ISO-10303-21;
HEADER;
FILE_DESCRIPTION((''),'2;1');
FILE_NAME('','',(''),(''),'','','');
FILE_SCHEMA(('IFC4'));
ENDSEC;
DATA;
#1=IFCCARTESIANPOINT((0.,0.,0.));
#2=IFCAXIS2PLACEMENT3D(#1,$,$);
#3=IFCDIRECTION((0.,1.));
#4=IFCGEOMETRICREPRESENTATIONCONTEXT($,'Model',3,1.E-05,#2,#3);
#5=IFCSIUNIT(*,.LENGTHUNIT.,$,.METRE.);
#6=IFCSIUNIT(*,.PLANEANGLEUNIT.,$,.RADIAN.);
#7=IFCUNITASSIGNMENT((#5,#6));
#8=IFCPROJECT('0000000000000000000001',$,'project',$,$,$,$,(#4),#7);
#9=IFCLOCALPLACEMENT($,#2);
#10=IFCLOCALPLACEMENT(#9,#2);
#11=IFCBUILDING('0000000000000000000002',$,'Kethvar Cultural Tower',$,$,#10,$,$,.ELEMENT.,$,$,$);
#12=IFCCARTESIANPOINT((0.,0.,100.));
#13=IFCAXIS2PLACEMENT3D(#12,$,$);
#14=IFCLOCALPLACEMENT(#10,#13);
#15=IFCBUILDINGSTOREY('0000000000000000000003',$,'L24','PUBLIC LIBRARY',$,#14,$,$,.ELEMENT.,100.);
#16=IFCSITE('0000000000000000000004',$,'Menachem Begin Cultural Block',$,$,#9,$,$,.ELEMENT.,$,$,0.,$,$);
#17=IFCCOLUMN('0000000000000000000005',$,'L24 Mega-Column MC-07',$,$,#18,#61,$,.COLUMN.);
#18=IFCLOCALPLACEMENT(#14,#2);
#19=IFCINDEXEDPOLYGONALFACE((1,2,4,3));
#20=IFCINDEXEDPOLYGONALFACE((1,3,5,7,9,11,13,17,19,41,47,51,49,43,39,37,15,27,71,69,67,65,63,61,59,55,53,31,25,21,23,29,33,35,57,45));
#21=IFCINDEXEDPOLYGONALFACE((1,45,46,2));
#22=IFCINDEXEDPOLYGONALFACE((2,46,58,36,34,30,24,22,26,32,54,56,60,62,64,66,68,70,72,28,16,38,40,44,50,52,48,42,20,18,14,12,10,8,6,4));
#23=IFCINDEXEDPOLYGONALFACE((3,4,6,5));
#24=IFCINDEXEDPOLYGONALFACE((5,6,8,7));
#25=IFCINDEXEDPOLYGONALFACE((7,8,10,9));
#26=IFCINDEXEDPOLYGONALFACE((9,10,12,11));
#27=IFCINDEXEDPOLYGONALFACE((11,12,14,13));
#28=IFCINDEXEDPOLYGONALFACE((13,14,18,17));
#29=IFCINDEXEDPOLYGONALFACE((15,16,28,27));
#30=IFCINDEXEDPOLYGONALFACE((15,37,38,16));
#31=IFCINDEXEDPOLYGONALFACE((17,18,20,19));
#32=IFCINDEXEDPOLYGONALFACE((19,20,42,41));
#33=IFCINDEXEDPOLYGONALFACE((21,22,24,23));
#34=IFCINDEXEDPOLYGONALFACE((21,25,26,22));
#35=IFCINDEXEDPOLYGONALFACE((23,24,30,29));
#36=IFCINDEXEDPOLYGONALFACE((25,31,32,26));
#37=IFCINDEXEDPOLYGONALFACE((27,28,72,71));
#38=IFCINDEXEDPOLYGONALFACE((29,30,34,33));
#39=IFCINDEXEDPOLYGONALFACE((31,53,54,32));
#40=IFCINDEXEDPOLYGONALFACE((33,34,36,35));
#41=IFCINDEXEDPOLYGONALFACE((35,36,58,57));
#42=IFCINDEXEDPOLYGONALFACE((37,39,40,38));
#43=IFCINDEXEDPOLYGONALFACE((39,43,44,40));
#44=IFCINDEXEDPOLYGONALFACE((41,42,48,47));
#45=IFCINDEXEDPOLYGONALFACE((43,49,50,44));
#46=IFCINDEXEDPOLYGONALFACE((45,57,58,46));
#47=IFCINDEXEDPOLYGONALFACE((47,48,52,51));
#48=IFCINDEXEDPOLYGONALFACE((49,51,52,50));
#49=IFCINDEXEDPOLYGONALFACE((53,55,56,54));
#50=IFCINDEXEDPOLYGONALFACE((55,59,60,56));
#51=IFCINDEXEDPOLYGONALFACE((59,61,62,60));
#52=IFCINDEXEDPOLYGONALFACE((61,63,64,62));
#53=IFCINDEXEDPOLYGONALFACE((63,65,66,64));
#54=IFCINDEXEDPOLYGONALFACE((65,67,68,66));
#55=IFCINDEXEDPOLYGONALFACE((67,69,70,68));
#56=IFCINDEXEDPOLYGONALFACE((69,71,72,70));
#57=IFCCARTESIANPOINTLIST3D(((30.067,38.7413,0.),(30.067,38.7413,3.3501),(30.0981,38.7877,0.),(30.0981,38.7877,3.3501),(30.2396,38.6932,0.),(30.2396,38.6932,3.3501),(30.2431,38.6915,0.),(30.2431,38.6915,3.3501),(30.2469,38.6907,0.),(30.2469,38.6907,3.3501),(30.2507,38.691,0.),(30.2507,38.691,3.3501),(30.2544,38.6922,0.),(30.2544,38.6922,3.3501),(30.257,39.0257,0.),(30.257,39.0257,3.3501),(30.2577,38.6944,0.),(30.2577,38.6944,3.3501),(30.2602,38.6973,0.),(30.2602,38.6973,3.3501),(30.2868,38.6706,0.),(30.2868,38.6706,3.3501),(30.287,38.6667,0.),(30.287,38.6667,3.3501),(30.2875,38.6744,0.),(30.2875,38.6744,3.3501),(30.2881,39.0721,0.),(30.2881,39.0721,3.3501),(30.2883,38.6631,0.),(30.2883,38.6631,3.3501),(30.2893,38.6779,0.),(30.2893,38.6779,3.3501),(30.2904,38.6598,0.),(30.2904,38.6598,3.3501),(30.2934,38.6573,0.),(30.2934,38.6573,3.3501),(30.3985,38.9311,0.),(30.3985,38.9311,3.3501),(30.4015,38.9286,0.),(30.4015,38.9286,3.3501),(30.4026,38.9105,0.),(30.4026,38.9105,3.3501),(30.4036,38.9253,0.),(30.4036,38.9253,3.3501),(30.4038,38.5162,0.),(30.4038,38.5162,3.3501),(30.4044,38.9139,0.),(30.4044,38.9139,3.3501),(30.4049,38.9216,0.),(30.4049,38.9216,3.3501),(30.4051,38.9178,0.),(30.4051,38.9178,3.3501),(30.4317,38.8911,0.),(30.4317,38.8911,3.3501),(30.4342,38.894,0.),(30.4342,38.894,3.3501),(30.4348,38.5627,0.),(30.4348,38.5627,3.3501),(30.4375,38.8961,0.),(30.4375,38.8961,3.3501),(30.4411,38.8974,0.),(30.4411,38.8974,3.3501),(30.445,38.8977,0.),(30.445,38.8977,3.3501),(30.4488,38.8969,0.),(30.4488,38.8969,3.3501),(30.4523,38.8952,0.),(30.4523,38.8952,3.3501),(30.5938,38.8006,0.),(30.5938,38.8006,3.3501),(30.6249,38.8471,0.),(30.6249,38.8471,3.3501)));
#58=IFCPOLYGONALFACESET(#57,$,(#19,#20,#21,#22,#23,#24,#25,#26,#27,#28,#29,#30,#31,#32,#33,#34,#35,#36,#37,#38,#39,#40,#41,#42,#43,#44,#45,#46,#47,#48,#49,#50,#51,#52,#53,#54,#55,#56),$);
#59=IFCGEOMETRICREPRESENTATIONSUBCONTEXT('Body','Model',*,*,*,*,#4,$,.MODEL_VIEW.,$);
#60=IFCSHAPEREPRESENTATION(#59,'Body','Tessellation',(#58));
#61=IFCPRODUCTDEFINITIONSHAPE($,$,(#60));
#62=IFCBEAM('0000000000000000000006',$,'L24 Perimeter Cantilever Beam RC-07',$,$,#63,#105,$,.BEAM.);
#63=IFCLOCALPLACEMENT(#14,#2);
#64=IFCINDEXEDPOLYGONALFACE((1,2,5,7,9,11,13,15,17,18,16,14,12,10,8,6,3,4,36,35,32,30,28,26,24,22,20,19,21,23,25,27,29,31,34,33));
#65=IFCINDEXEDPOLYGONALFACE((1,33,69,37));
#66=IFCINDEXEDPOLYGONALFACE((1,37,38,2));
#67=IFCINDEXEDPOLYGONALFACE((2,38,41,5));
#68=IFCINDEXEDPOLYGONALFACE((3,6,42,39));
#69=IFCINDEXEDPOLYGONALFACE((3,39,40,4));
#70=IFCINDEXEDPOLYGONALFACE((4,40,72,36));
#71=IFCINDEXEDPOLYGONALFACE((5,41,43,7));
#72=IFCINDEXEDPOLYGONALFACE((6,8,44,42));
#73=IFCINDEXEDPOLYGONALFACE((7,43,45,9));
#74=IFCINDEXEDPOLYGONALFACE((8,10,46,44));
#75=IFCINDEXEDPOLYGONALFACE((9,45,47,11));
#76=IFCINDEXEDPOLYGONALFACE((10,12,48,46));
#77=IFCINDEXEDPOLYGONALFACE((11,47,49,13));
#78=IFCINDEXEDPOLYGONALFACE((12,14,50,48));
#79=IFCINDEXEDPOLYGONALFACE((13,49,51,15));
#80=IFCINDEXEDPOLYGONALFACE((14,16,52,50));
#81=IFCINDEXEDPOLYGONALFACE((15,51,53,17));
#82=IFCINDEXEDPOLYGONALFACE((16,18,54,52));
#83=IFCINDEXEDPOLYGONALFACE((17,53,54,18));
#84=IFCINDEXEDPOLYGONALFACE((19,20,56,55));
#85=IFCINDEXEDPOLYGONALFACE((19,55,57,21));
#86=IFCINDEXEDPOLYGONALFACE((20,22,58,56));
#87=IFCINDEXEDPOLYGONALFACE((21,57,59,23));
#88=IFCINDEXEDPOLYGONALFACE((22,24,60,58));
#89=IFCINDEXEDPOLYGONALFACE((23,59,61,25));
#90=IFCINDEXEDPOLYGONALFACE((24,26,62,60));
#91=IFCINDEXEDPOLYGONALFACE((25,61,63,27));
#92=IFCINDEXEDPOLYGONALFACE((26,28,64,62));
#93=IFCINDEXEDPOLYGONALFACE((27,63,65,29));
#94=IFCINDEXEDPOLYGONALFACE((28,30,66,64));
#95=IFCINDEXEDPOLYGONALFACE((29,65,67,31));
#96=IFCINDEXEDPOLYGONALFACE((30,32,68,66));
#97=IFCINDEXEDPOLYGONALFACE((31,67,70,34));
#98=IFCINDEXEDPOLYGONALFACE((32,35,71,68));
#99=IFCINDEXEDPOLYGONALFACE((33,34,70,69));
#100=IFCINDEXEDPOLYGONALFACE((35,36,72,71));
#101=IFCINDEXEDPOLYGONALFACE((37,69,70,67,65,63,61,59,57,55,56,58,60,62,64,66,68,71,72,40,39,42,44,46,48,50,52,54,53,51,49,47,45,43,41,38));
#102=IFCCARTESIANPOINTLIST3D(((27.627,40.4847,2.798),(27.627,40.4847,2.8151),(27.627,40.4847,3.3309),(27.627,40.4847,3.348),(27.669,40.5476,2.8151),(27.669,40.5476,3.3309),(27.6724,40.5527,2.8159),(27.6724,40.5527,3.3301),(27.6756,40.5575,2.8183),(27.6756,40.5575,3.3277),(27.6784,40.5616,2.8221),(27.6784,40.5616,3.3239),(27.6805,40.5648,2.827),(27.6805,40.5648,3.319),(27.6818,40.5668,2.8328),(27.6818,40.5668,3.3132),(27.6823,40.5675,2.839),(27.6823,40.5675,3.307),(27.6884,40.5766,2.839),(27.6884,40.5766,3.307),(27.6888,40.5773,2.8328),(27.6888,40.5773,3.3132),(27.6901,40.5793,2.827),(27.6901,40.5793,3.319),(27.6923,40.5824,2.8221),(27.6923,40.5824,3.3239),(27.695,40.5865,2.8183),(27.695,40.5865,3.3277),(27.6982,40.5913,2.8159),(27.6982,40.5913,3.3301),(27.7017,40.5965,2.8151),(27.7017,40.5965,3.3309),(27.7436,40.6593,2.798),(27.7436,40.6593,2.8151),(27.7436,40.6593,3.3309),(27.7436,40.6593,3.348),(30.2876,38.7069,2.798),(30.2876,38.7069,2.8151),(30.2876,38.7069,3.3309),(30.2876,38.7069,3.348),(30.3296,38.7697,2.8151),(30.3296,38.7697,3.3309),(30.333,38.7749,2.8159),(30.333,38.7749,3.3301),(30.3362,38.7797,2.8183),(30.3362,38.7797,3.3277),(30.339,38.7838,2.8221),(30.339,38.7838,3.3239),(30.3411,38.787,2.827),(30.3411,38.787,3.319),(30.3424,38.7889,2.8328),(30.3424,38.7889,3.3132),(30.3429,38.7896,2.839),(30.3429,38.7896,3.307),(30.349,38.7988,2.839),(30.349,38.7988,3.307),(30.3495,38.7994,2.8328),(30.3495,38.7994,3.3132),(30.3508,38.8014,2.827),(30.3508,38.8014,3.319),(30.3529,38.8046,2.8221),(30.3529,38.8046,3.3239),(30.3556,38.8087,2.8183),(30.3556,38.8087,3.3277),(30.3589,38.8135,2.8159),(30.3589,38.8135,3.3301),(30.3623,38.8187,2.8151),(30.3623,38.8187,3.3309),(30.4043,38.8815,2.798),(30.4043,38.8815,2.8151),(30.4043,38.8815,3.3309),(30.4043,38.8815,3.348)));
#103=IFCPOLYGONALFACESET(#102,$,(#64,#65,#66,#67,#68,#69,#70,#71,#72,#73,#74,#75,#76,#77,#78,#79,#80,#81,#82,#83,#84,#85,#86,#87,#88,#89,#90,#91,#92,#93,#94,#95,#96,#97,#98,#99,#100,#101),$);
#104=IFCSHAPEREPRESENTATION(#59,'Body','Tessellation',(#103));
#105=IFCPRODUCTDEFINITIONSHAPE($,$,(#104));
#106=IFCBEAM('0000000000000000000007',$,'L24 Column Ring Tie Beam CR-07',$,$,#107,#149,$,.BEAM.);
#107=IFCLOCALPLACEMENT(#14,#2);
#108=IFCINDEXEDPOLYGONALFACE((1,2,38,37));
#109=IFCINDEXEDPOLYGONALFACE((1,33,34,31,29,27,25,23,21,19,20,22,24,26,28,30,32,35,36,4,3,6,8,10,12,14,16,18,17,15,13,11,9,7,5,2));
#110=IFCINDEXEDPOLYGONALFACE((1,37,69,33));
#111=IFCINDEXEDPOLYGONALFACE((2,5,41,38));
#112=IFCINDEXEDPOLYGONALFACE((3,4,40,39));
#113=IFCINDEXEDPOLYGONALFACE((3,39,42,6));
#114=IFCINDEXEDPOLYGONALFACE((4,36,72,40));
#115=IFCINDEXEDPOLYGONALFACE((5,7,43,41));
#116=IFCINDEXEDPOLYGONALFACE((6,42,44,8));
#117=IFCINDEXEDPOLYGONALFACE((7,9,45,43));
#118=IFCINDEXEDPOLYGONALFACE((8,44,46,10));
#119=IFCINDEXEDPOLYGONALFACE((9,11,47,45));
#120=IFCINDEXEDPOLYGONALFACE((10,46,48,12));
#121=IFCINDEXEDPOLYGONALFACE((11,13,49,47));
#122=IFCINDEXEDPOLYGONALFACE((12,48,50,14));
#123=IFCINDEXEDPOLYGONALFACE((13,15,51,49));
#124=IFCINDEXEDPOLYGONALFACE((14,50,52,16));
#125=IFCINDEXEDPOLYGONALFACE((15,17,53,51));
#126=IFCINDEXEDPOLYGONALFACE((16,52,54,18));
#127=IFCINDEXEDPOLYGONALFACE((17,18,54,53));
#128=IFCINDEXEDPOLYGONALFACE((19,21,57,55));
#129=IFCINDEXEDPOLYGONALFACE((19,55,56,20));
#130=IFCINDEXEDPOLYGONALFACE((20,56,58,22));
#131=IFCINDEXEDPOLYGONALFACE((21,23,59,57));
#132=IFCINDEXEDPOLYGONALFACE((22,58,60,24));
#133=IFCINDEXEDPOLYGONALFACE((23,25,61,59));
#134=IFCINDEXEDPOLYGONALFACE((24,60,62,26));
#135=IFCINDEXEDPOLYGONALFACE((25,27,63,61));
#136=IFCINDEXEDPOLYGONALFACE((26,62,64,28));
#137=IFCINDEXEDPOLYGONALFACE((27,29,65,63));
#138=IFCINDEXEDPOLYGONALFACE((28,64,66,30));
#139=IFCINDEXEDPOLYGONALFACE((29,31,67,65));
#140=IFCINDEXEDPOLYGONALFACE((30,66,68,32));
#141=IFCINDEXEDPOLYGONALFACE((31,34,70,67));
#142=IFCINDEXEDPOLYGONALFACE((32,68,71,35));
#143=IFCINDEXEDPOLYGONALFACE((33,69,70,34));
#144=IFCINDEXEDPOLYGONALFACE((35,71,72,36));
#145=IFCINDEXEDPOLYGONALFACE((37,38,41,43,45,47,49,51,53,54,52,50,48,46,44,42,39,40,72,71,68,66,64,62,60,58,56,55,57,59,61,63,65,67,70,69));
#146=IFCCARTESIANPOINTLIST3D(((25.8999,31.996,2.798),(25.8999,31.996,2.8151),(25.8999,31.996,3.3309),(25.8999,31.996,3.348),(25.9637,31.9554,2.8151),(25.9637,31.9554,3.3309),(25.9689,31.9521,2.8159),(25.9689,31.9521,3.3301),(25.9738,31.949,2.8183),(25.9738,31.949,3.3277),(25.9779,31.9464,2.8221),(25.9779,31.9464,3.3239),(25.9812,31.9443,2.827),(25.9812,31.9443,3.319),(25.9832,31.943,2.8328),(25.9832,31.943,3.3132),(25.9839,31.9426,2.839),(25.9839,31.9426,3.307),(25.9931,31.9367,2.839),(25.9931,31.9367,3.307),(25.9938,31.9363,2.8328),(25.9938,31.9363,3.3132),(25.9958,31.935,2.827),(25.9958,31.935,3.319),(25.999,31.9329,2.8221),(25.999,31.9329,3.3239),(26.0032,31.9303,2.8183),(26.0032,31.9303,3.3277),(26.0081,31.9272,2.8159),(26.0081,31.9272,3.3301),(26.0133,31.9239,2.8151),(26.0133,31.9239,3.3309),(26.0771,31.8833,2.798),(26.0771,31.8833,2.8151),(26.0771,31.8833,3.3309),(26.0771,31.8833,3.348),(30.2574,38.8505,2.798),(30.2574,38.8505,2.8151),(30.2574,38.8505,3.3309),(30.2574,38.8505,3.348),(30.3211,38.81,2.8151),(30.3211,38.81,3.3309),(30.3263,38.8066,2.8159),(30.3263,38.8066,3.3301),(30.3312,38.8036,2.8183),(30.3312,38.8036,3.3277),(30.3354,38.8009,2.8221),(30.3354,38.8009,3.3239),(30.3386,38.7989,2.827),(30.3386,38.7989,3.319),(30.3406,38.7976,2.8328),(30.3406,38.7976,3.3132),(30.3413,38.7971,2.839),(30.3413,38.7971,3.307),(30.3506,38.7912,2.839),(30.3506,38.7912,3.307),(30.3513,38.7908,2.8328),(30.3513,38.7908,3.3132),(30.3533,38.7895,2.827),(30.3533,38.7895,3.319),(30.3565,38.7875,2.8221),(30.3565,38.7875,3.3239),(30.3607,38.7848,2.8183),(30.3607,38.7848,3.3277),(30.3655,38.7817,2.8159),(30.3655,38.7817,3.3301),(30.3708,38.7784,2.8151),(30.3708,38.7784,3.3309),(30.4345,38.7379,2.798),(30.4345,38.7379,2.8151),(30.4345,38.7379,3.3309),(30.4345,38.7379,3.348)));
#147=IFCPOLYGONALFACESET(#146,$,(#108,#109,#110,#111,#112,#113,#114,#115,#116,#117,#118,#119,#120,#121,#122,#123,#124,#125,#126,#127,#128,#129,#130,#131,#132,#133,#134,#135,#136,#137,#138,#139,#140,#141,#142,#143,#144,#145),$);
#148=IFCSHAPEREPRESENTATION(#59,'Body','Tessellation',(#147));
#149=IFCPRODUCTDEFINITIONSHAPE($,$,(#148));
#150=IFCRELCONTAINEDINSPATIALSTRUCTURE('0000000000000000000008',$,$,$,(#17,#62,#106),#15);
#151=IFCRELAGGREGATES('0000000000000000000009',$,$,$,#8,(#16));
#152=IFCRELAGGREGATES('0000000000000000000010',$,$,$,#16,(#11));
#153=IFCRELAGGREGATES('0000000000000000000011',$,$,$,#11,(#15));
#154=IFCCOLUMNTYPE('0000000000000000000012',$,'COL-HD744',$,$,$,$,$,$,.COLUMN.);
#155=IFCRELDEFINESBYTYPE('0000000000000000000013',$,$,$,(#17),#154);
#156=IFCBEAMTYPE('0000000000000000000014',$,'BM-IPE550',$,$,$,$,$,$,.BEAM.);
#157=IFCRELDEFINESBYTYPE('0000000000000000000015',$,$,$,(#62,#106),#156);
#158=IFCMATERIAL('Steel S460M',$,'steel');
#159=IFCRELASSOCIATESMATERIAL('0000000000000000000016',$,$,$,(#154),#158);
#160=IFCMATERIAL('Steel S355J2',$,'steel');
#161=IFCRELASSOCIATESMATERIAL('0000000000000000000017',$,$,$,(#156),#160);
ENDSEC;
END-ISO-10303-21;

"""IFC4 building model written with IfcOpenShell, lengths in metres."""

from ifc_helpers import new_model, si_unit, direction, frame, origin, origin_2d, place, context, subcontext, project, spatial, i_section, extrude, source, transform, mapped, material, material_profile, profile_set, type_object, element, save


model = new_model("IFC4")

# Units and contexts
model_context = context("Model", 3, precision=1e-05, world=origin(), true_north=direction((0.0, 1.0)))
body_context = subcontext(model_context, "Body", "Model", "MODEL_VIEW")
ifc_project = project(units=[si_unit("LENGTHUNIT", "METRE"), si_unit("PLANEANGLEUNIT", "RADIAN")], contexts=[model_context])

# Site, building, storey
site_placement = place(None, origin())
site = spatial("IfcSite", under=ifc_project, at=site_placement, Name="Menachem Begin Cultural Block", CompositionType="ELEMENT", RefElevation=0.0)
building_placement = place(site_placement, origin())
building = spatial("IfcBuilding", under=site, at=building_placement, Name="Kethvar Cultural Tower", CompositionType="ELEMENT")
storey_placement = place(building_placement, frame((0.0, 0.0, 100.0)))
storey = spatial("IfcBuildingStorey", under=building, at=storey_placement, Name="L24", Description="PUBLIC LIBRARY", CompositionType="ELEMENT", Elevation=100.0)

# Column
ifc_material_1 = material(Name="Steel S460M", Category="steel")
ifc_material_profile_1 = material_profile(ifc_material_1, i_section(OverallWidth=0.405, OverallDepth=0.3979, WebThickness=0.0349, FlangeThickness=0.0559, FilletRadius=0.0149, at=origin_2d()), Name="Steel S460M — HD400x744")
ifc_profile_set_1 = profile_set([ifc_material_profile_1], Name="Steel S460M — HD400x744")
column_type = type_object("IfcColumnType", Name="COL-HD744", PredefinedType="COLUMN", material=ifc_profile_set_1)
shared_shape_1 = source(origin(), body_context, "Body", "SweptSolid", [
    extrude(i_section(OverallWidth=0.405, OverallDepth=0.3979, WebThickness=0.0349, FlangeThickness=0.0559, FilletRadius=0.0149, at=origin_2d()), origin(), (0.0, 0.0, 1.0), 3.3501),
])
column_placement = place(storey_placement, frame((30.3459, 38.7942, 0.0), z_axis=(0.0, 0.0, 1.0), x_axis=(-0.83147, 0.55557, 0.0)))
element("IfcColumn", 1, at=column_placement, inside=storey, type_object=column_type, Name="L24 Mega-Column MC-07", PredefinedType="COLUMN", context=body_context, shape_type="MappedRepresentation", body=[
    mapped(shared_shape_1, transform((0.0, 0.0, 0.0), scale=1.0)),
])

# Beams
ifc_material_2 = material(Name="Steel S355J2", Category="steel")
ifc_material_profile_2 = material_profile(ifc_material_2, i_section(OverallWidth=0.21, OverallDepth=0.55, WebThickness=0.011, FlangeThickness=0.0171, FilletRadius=0.0239, at=origin_2d()), Name="Steel S355J2 — IPE550")
ifc_profile_set_2 = profile_set([ifc_material_profile_2], Name="Steel S355J2 — IPE550")
beam_type_1 = type_object("IfcBeamType", Name="BM-IPE550", PredefinedType="BEAM", material=ifc_profile_set_2)
shared_shape_2 = source(origin(), body_context, "Body", "SweptSolid", [
    extrude(i_section(OverallWidth=0.21, OverallDepth=0.55, WebThickness=0.011, FlangeThickness=0.0171, FilletRadius=0.0239, at=origin_2d()), origin(), (0.0, 0.0, 1.0), 3.2),
])
beam_1_placement = place(storey_placement, frame((30.3459, 38.7942, 3.073), z_axis=(-0.831463, 0.55558, 0.0), x_axis=(-0.55558, -0.831463, 0.0)))
element("IfcBeam", 2, at=beam_1_placement, inside=storey, type_object=beam_type_1, Name="L24 Perimeter Cantilever Beam RC-07", PredefinedType="BEAM", context=body_context, shape_type="MappedRepresentation", body=[
    mapped(shared_shape_2, transform((0.0, 0.0, 0.0), scale=1.0)),
])
shared_shape_3 = source(origin(), body_context, "Body", "SweptSolid", [
    extrude(i_section(OverallWidth=0.21, OverallDepth=0.55, WebThickness=0.011, FlangeThickness=0.0171, FilletRadius=0.0239, at=origin_2d()), origin(), (0.0, 0.0, 1.0), 8.1223),
])
beam_2_placement = place(storey_placement, frame((30.3459, 38.7942, 3.073), z_axis=(-0.536479, -0.843914, 0.0), x_axis=(0.843914, -0.536479, 0.0)))
element("IfcBeam", 3, at=beam_2_placement, inside=storey, type_object=beam_type_1, Name="L24 Column Ring Tie Beam CR-07", PredefinedType="BEAM", context=body_context, shape_type="MappedRepresentation", body=[
    mapped(shared_shape_3, transform((0.0, 0.0, 0.0), scale=1.0)),
])

save(model, "model.ifc")
